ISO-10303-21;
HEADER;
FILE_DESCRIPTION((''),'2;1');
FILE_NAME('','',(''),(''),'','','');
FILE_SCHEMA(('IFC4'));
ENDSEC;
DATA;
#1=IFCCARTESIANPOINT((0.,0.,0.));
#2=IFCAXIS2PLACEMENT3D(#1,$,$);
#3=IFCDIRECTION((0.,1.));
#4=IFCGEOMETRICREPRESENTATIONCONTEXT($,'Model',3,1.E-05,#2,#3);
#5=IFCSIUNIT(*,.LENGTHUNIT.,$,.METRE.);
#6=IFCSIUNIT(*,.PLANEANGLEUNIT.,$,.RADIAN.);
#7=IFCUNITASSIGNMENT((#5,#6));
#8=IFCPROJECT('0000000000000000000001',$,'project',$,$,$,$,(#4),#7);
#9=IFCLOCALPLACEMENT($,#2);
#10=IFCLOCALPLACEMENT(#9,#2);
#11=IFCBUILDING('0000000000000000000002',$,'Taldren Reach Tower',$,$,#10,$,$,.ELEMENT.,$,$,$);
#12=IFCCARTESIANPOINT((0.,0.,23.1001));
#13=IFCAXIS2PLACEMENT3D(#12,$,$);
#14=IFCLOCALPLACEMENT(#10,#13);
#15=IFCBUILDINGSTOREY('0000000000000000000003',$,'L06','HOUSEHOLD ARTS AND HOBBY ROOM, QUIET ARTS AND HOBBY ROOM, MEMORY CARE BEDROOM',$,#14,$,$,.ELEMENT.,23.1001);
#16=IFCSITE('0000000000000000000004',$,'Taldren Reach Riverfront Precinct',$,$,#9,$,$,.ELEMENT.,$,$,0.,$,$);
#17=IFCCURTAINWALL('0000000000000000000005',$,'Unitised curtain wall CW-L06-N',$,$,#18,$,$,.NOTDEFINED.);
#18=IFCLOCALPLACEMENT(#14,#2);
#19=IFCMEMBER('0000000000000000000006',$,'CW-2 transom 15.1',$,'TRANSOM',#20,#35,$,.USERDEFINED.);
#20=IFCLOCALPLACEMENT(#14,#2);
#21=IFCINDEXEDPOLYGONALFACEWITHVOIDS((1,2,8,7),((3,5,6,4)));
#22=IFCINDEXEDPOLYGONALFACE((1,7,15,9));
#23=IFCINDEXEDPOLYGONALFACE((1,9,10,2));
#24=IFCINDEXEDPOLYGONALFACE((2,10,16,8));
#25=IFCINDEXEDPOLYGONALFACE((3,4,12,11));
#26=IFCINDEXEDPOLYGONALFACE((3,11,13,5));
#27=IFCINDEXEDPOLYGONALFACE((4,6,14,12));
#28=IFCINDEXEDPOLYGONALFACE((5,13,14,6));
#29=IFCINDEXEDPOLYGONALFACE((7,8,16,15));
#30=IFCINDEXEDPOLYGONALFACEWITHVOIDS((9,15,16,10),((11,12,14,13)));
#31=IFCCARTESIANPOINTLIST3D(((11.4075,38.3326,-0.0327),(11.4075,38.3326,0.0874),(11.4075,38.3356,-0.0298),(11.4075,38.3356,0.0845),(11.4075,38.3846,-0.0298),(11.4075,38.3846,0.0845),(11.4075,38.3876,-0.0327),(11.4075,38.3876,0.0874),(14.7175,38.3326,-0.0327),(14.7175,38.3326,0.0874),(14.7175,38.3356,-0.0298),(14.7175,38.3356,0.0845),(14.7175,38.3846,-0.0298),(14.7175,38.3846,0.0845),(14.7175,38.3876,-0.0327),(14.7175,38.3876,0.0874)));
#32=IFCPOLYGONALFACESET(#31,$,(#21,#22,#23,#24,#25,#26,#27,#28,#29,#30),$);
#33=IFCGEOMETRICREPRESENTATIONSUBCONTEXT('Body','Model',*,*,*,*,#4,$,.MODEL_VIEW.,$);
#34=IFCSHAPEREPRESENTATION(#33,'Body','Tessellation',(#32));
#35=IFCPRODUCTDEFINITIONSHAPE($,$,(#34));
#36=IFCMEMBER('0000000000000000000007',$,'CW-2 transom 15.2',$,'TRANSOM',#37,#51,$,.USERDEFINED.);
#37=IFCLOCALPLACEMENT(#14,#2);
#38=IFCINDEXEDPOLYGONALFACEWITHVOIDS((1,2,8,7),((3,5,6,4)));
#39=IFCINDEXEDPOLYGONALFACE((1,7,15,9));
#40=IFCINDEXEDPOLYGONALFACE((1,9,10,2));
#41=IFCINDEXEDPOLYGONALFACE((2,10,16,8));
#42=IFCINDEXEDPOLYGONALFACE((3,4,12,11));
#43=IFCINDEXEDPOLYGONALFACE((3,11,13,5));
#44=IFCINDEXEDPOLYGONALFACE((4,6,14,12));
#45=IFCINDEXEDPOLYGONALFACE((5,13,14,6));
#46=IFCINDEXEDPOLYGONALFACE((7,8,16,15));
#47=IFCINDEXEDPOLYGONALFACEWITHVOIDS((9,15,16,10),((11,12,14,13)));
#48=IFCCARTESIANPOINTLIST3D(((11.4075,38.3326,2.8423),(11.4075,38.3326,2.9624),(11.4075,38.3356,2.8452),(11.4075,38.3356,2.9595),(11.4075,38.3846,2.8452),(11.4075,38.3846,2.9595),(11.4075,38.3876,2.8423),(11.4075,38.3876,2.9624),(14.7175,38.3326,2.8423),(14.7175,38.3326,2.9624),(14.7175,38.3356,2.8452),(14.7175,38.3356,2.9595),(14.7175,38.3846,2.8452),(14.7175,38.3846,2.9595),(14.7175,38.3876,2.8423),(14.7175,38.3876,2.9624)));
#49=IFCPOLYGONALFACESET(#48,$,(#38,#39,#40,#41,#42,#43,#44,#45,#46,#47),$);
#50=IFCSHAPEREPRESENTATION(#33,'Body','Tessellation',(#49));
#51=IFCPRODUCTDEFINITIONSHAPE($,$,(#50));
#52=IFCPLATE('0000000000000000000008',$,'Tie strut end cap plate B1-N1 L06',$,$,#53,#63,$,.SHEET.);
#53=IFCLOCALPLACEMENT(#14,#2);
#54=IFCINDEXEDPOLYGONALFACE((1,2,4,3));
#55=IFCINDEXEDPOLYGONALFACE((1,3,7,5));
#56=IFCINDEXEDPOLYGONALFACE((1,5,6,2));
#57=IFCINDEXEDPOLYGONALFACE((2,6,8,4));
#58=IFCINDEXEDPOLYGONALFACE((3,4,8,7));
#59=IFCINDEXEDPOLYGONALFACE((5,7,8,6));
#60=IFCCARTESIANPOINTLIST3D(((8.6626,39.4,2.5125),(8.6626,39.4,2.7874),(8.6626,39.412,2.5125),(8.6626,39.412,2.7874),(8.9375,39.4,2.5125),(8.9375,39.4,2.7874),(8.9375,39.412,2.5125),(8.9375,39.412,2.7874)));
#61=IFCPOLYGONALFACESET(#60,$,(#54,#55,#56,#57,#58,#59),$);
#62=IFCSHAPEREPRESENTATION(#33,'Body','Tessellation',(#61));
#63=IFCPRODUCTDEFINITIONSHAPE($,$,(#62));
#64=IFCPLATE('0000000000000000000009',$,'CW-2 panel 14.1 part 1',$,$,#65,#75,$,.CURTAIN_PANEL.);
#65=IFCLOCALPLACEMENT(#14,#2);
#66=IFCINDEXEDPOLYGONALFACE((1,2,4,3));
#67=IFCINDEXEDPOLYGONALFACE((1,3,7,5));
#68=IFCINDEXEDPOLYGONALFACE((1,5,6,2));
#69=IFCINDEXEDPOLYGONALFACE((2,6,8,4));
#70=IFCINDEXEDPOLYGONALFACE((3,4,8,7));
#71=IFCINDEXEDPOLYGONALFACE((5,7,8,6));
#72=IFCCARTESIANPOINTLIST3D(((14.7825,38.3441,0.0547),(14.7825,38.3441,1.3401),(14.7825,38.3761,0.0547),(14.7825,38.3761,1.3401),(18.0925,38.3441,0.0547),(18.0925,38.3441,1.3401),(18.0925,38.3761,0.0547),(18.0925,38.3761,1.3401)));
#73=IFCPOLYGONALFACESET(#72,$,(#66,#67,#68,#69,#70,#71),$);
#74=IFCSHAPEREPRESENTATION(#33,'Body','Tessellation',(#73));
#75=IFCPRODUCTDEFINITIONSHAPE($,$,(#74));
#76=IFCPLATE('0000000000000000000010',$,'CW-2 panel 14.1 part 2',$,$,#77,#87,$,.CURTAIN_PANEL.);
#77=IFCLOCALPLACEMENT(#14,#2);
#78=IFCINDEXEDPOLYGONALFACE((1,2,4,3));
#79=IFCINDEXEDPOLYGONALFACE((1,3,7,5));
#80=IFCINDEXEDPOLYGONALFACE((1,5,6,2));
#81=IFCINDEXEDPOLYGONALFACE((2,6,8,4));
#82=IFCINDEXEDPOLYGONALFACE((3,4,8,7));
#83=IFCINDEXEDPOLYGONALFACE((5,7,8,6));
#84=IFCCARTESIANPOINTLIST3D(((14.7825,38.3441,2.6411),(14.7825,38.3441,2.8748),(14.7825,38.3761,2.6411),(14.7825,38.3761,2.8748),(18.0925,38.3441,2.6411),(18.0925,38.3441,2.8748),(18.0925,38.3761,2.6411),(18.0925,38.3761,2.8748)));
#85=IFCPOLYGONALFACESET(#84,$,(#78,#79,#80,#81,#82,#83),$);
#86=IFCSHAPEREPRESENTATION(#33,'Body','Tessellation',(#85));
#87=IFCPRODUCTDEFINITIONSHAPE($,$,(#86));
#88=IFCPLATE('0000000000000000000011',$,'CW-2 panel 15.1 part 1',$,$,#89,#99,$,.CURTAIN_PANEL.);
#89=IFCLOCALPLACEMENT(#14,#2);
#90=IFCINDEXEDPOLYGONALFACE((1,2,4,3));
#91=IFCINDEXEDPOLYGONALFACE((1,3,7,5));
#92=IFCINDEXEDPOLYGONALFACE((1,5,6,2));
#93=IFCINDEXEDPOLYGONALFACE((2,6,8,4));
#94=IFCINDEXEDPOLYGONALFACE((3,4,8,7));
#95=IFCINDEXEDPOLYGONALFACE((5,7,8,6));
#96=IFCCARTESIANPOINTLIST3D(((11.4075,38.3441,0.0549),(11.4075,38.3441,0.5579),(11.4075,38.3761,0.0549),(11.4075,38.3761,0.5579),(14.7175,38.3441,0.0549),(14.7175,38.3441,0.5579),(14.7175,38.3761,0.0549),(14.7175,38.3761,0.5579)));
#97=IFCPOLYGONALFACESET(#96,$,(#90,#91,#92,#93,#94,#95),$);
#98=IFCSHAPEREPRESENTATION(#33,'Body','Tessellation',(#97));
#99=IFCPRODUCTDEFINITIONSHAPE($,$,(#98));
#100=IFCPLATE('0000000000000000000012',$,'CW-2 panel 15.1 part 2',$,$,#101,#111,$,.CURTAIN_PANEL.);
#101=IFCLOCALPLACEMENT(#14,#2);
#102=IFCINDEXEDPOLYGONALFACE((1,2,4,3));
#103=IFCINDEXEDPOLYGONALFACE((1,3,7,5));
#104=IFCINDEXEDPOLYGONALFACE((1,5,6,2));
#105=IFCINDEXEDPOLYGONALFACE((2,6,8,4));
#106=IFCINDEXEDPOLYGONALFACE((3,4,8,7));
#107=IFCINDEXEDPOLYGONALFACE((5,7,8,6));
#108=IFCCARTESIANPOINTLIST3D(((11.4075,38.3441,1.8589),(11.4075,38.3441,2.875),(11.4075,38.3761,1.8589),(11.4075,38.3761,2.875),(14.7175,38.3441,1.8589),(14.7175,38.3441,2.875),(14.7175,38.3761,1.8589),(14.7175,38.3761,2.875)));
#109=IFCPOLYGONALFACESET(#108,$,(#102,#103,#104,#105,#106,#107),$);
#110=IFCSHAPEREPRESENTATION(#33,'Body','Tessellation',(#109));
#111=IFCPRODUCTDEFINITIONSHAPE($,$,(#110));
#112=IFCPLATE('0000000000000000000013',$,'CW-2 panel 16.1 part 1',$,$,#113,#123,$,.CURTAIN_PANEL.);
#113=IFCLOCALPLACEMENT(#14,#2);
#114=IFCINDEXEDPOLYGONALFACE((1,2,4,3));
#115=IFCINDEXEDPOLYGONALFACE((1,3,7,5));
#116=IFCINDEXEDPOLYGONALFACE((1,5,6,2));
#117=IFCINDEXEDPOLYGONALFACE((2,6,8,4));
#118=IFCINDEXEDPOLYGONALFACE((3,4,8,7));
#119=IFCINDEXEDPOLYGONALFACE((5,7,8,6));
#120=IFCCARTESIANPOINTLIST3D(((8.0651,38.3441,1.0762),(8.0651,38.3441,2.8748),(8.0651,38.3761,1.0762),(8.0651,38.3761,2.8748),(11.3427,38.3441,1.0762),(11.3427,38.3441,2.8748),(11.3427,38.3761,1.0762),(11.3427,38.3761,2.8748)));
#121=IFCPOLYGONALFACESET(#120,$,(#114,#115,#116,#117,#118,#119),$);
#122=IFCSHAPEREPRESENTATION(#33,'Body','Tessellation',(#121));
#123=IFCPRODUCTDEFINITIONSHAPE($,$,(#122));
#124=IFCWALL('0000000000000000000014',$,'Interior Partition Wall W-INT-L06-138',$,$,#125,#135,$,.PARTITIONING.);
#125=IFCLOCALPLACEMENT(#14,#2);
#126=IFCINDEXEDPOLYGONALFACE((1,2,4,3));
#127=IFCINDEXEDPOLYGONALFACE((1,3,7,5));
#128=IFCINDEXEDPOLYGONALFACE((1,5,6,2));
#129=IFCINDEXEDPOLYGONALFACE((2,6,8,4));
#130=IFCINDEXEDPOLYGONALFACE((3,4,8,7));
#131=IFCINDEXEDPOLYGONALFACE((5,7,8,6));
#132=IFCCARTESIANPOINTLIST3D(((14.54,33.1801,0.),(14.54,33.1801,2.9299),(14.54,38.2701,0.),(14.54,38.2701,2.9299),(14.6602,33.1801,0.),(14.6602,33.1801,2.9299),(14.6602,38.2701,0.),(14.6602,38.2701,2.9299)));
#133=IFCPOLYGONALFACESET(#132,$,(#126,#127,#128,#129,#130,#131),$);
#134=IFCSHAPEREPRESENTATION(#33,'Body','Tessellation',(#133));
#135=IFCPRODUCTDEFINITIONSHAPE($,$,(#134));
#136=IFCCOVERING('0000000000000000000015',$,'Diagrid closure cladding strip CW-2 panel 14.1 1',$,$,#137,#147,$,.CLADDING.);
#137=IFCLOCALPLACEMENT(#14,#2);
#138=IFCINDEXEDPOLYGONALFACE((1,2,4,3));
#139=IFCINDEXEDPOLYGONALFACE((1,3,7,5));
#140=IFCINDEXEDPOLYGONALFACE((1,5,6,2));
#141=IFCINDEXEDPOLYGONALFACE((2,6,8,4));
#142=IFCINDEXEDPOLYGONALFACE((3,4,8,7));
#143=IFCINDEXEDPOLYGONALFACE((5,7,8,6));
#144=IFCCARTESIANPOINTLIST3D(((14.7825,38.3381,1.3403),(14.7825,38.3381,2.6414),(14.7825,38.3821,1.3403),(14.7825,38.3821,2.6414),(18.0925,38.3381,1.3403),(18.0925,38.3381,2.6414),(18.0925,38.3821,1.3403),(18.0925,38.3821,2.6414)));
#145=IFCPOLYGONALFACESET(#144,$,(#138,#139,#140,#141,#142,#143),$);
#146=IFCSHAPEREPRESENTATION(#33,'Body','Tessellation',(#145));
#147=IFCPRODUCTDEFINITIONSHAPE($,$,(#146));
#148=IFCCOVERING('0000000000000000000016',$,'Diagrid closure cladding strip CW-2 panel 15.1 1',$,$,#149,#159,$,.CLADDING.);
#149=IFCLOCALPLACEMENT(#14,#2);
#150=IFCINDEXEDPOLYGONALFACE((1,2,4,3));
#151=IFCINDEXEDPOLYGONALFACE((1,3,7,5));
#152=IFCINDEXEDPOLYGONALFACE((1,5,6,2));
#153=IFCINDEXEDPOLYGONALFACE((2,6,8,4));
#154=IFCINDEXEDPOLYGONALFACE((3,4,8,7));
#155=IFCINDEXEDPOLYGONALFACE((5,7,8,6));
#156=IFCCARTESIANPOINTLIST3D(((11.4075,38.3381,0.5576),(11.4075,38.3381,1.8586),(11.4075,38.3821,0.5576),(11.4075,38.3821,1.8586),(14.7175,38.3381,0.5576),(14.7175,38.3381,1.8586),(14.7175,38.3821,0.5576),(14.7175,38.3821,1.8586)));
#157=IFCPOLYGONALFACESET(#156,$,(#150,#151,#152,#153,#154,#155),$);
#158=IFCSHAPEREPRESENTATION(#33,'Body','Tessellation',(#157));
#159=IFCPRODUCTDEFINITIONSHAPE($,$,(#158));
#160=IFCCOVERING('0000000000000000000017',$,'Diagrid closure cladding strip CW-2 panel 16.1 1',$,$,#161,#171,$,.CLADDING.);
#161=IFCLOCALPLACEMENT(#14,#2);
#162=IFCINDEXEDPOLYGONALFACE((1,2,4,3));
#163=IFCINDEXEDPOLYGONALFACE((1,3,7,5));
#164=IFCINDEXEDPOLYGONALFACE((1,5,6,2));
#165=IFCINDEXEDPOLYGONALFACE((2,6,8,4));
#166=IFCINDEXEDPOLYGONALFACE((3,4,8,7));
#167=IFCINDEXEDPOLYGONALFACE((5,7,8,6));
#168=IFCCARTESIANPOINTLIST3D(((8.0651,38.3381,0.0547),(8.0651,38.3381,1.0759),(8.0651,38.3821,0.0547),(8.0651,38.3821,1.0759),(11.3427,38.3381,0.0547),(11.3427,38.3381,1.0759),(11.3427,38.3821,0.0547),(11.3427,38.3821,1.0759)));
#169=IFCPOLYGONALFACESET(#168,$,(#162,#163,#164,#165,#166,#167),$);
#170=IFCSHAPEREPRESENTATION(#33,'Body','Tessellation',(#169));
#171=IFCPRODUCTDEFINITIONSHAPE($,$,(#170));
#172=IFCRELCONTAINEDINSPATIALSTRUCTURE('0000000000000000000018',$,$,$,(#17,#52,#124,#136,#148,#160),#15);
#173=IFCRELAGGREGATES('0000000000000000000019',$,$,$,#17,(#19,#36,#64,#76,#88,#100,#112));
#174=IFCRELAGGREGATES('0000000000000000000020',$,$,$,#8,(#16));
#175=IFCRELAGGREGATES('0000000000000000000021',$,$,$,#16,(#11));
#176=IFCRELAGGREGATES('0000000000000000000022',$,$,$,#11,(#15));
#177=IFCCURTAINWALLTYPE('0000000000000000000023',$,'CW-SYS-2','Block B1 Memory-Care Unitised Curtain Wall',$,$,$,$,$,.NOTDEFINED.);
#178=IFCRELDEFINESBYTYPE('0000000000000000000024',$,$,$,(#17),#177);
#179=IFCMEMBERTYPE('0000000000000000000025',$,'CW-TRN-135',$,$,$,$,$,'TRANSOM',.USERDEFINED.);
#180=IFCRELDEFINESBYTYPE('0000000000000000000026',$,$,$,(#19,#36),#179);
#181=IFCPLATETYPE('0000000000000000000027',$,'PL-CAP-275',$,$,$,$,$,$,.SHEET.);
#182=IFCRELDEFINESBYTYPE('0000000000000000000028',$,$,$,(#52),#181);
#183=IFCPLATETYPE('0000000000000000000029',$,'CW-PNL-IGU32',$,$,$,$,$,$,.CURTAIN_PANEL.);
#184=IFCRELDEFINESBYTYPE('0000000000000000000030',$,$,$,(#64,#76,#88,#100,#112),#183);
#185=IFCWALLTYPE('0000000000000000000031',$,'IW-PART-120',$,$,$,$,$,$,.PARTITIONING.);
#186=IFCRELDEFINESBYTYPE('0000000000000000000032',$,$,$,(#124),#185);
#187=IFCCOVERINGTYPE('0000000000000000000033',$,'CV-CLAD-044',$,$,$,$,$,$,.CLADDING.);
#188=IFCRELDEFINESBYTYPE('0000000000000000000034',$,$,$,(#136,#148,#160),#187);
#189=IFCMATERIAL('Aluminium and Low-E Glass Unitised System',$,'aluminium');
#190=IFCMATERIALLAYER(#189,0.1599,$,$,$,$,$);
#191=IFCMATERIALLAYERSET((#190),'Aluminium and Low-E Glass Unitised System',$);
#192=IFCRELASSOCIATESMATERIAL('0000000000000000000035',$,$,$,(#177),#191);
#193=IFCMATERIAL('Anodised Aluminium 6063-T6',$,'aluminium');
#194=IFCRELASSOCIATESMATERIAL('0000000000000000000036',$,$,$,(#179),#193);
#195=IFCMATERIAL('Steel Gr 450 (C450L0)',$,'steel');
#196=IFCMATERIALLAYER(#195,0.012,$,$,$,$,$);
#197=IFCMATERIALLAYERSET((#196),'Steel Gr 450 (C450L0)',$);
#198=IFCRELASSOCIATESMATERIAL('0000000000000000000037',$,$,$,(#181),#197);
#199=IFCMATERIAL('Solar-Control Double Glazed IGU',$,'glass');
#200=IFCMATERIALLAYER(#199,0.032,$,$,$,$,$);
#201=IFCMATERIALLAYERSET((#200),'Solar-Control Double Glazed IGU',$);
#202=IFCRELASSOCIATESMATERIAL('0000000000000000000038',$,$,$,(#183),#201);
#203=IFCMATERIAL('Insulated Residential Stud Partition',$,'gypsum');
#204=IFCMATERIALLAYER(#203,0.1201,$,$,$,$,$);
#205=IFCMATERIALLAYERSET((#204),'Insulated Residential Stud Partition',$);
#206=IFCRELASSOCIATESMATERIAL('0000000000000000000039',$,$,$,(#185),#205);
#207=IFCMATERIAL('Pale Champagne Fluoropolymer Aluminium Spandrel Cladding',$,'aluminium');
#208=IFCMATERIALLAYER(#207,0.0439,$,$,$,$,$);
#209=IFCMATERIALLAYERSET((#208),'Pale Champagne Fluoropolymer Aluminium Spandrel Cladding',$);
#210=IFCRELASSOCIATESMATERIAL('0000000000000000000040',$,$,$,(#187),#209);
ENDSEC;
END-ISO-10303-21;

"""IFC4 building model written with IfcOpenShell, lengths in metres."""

from ifc_helpers import new_model, si_unit, direction, frame, frame_2d, origin, origin_2d, place, context, subcontext, project, spatial, rectangle, hollow_rectangle, extrude, source, transform, mapped, material, layer, layer_set, material_profile, profile_set, type_object, element, aggregate, save


model = new_model("IFC4")

# Units and contexts
model_context = context("Model", 3, precision=1e-05, world=origin(), true_north=direction((0.0, 1.0)))
body_context = subcontext(model_context, "Body", "Model", "MODEL_VIEW")
ifc_project = project(units=[si_unit("LENGTHUNIT", "METRE"), si_unit("PLANEANGLEUNIT", "RADIAN")], contexts=[model_context])

# Site, building, storey
site_placement = place(None, origin())
site = spatial("IfcSite", under=ifc_project, at=site_placement, Name="Taldren Reach Riverfront Precinct", CompositionType="ELEMENT", RefElevation=0.0)
building_placement = place(site_placement, origin())
building = spatial("IfcBuilding", under=site, at=building_placement, Name="Taldren Reach Tower", CompositionType="ELEMENT")
storey_placement = place(building_placement, frame((0.0, 0.0, 23.1001)))
storey = spatial("IfcBuildingStorey", under=building, at=storey_placement, Name="L06", Description="HOUSEHOLD ARTS AND HOBBY ROOM, QUIET ARTS AND HOBBY ROOM, MEMORY CARE BEDROOM", CompositionType="ELEMENT", Elevation=23.1001)

# Shared definitions
ifc_material_1 = material(Name="Steel Gr 450 (C450L0)", Category="steel")

# Curtain wall, members
ifc_material_2 = material(Name="Aluminium and Low-E Glass Unitised System", Category="aluminium")
ifc_layer_1 = layer(ifc_material_2, 0.1599)
ifc_layer_set_1 = layer_set([ifc_layer_1], Name="Aluminium and Low-E Glass Unitised System")
curtain_wall_type = type_object("IfcCurtainWallType", Name="CW-SYS-2", Description="Block B1 Memory-Care Unitised Curtain Wall", PredefinedType="NOTDEFINED", material=ifc_layer_set_1)
curtain_wall_placement = place(storey_placement, origin())
curtain_wall = element("IfcCurtainWall", 1, at=curtain_wall_placement, inside=storey, type_object=curtain_wall_type, Name="Unitised curtain wall CW-L06-N", PredefinedType="NOTDEFINED")
ifc_material_3 = material(Name="Anodised Aluminium 6063-T6", Category="aluminium")
ifc_material_profile_1 = material_profile(ifc_material_3, hollow_rectangle(XDim=0.0549, YDim=0.1201, WallThickness=0.0029, at=origin_2d()), Name="ALU-120x55x3RHS")
ifc_profile_set_1 = profile_set([ifc_material_profile_1], Name="Anodised Aluminium 6063-T6")
member_type_1 = type_object("IfcMemberType", Name="CW-TRN-135", ElementType="TRANSOM", PredefinedType="USERDEFINED", material=ifc_profile_set_1)
shared_shape_1 = source(origin(), body_context, "Body", "SweptSolid", [
    extrude(hollow_rectangle(XDim=0.0549, YDim=0.1201, WallThickness=0.0029, at=origin_2d()), origin(), (0.0, 0.0, 1.0), 3.3101),
])
member_1_placement = place(storey_placement, frame((14.7175, 38.3601, 0.0273), z_axis=(-1.0, 0.0, 0.0), x_axis=(0.0, -1.0, 0.0)))
member_1 = element("IfcMember", 2, at=member_1_placement, type_object=member_type_1, Name="CW-2 transom 15.1", ObjectType="TRANSOM", PredefinedType="USERDEFINED", context=body_context, shape_type="MappedRepresentation", body=[
    mapped(shared_shape_1, transform((0.0, 0.0, 0.0), scale=1.0)),
])
member_2_placement = place(storey_placement, frame((14.7175, 38.3601, 2.9023), z_axis=(-1.0, 0.0, 0.0), x_axis=(0.0, -1.0, 0.0)))
member_2 = element("IfcMember", 3, at=member_2_placement, type_object=member_type_1, Name="CW-2 transom 15.2", ObjectType="TRANSOM", PredefinedType="USERDEFINED", context=body_context, shape_type="MappedRepresentation", body=[
    mapped(shared_shape_1, transform((0.0, 0.0, 0.0), scale=1.0)),
])

# Plates
ifc_layer_2 = layer(ifc_material_1, 0.012)
ifc_layer_set_2 = layer_set([ifc_layer_2], Name="Steel Gr 450 (C450L0)")
plate_type_1 = type_object("IfcPlateType", Name="PL-CAP-275", PredefinedType="SHEET", material=ifc_layer_set_2)
shared_shape_2 = source(origin(), body_context, "Body", "SweptSolid", [
    extrude(rectangle(XDim=0.2749, YDim=0.012, at=origin_2d()), origin(), (0.0, 0.0, 1.0), 0.2749),
])
plate_1_placement = place(storey_placement, frame((8.8, 39.406, 2.5125), z_axis=(0.0, 0.0, 1.0), x_axis=(1.0, 0.0, 0.0)))
element("IfcPlate", 4, at=plate_1_placement, inside=storey, type_object=plate_type_1, Name="Tie strut end cap plate B1-N1 L06", PredefinedType="SHEET", context=body_context, shape_type="MappedRepresentation", body=[
    mapped(shared_shape_2, transform((0.0, 0.0, 0.0), scale=1.0)),
])
ifc_material_4 = material(Name="Solar-Control Double Glazed IGU", Category="glass")
ifc_layer_3 = layer(ifc_material_4, 0.032)
ifc_layer_set_3 = layer_set([ifc_layer_3], Name="Solar-Control Double Glazed IGU")
plate_type_2 = type_object("IfcPlateType", Name="CW-PNL-IGU32", PredefinedType="CURTAIN_PANEL", material=ifc_layer_set_3)
shared_shape_3 = source(origin(), body_context, "Body", "SweptSolid", [
    extrude(rectangle(XDim=3.3101, YDim=0.032, at=origin_2d()), origin(), (0.0, 0.0, 1.0), 1.2854),
])
plate_2_placement = place(storey_placement, frame((16.4375, 38.3601, 0.0547), z_axis=(0.0, 0.0, 1.0), x_axis=(-1.0, 0.0, 0.0)))
plate_2 = element("IfcPlate", 5, at=plate_2_placement, type_object=plate_type_2, Name="CW-2 panel 14.1 part 1", PredefinedType="CURTAIN_PANEL", context=body_context, shape_type="MappedRepresentation", body=[
    mapped(shared_shape_3, transform((0.0, 0.0, 0.0), scale=1.0)),
])
shared_shape_4 = source(origin(), body_context, "Body", "SweptSolid", [
    extrude(rectangle(XDim=3.3101, YDim=0.032, at=origin_2d()), origin(), (0.0, 0.0, 1.0), 0.2336),
])
plate_3_placement = place(storey_placement, frame((16.4375, 38.3601, 2.6411), z_axis=(0.0, 0.0, 1.0), x_axis=(-1.0, 0.0, 0.0)))
plate_3 = element("IfcPlate", 6, at=plate_3_placement, type_object=plate_type_2, Name="CW-2 panel 14.1 part 2", PredefinedType="CURTAIN_PANEL", context=body_context, shape_type="MappedRepresentation", body=[
    mapped(shared_shape_4, transform((0.0, 0.0, 0.0), scale=1.0)),
])
shared_shape_5 = source(origin(), body_context, "Body", "SweptSolid", [
    extrude(rectangle(XDim=3.3101, YDim=0.032, at=origin_2d()), origin(), (0.0, 0.0, 1.0), 0.5029),
])
plate_4_placement = place(storey_placement, frame((13.0625, 38.3601, 0.0549), z_axis=(0.0, 0.0, 1.0), x_axis=(-1.0, 0.0, 0.0)))
plate_4 = element("IfcPlate", 7, at=plate_4_placement, type_object=plate_type_2, Name="CW-2 panel 15.1 part 1", PredefinedType="CURTAIN_PANEL", context=body_context, shape_type="MappedRepresentation", body=[
    mapped(shared_shape_5, transform((0.0, 0.0, 0.0), scale=1.0)),
])
shared_shape_6 = source(origin(), body_context, "Body", "SweptSolid", [
    extrude(rectangle(XDim=3.3101, YDim=0.032, at=origin_2d()), origin(), (0.0, 0.0, 1.0), 1.0161),
])
plate_5_placement = place(storey_placement, frame((13.0625, 38.3601, 1.8589), z_axis=(0.0, 0.0, 1.0), x_axis=(-1.0, 0.0, 0.0)))
plate_5 = element("IfcPlate", 8, at=plate_5_placement, type_object=plate_type_2, Name="CW-2 panel 15.1 part 2", PredefinedType="CURTAIN_PANEL", context=body_context, shape_type="MappedRepresentation", body=[
    mapped(shared_shape_6, transform((0.0, 0.0, 0.0), scale=1.0)),
])
shared_shape_7 = source(origin(), body_context, "Body", "SweptSolid", [
    extrude(rectangle(XDim=3.2776, YDim=0.032, at=origin_2d()), origin(), (0.0, 0.0, 1.0), 1.7986),
])
plate_6_placement = place(storey_placement, frame((9.7039, 38.3601, 1.0762), z_axis=(0.0, 0.0, 1.0), x_axis=(-1.0, 0.0, 0.0)))
plate_6 = element("IfcPlate", 9, at=plate_6_placement, type_object=plate_type_2, Name="CW-2 panel 16.1 part 1", PredefinedType="CURTAIN_PANEL", context=body_context, shape_type="MappedRepresentation", body=[
    mapped(shared_shape_7, transform((0.0, 0.0, 0.0), scale=1.0)),
])
aggregate(curtain_wall, [member_1, member_2, plate_2, plate_3, plate_4, plate_5, plate_6])

# Wall
ifc_material_5 = material(Name="Insulated Residential Stud Partition", Category="gypsum")
ifc_layer_4 = layer(ifc_material_5, 0.1201)
ifc_layer_set_4 = layer_set([ifc_layer_4], Name="Insulated Residential Stud Partition")
wall_type = type_object("IfcWallType", Name="IW-PART-120", PredefinedType="PARTITIONING", material=ifc_layer_set_4)
shared_shape_8 = source(origin(), body_context, "Body", "SweptSolid", [
    extrude(rectangle(XDim=5.0901, YDim=0.1201, at=frame_2d((2.5449, 0.0))), origin(), (0.0, 0.0, 1.0), 2.9299),
])
wall_placement = place(storey_placement, frame((14.6001, 38.27, 0.0), z_axis=(0.0, 0.0, 1.0), x_axis=(0.0, -1.0, 0.0)))
element("IfcWall", 10, at=wall_placement, inside=storey, type_object=wall_type, Name="Interior Partition Wall W-INT-L06-138", PredefinedType="PARTITIONING", context=body_context, shape_type="MappedRepresentation", body=[
    mapped(shared_shape_8, transform((0.0, 0.0, 0.0), scale=1.0)),
])

# Coverings
ifc_material_6 = material(Name="Pale Champagne Fluoropolymer Aluminium Spandrel Cladding", Category="aluminium")
ifc_layer_5 = layer(ifc_material_6, 0.0439)
ifc_layer_set_5 = layer_set([ifc_layer_5], Name="Pale Champagne Fluoropolymer Aluminium Spandrel Cladding")
covering_type = type_object("IfcCoveringType", Name="CV-CLAD-044", PredefinedType="CLADDING", material=ifc_layer_set_5)
shared_shape_9 = source(origin(), body_context, "Body", "SweptSolid", [
    extrude(rectangle(XDim=3.3101, YDim=0.0439, at=origin_2d()), origin(), (0.0, 0.0, 1.0), 1.301),
])
for number, where, z_axis, x_axis, name in (
    (11, (16.4375, 38.3601, 1.3403), (0.0, 0.0, 1.0), (-1.0, 0.0, 0.0), "Diagrid closure cladding strip CW-2 panel 14.1 1"),
    (12, (13.0625, 38.3601, 0.5576), (0.0, 0.0, 1.0), (-1.0, 0.0, 0.0), "Diagrid closure cladding strip CW-2 panel 15.1 1"),
):
    element("IfcCovering", number, at=place(storey_placement, frame(where, z_axis=z_axis, x_axis=x_axis)), inside=storey, type_object=covering_type, Name=name, PredefinedType="CLADDING", context=body_context, shape_type="MappedRepresentation", body=[
        mapped(shared_shape_9, transform((0.0, 0.0, 0.0), scale=1.0)),
    ])
shared_shape_10 = source(origin(), body_context, "Body", "SweptSolid", [
    extrude(rectangle(XDim=3.2776, YDim=0.0439, at=origin_2d()), origin(), (0.0, 0.0, 1.0), 1.0212),
])
covering_placement = place(storey_placement, frame((9.7039, 38.3601, 0.0547), z_axis=(0.0, 0.0, 1.0), x_axis=(-1.0, 0.0, 0.0)))
element("IfcCovering", 13, at=covering_placement, inside=storey, type_object=covering_type, Name="Diagrid closure cladding strip CW-2 panel 16.1 1", PredefinedType="CLADDING", context=body_context, shape_type="MappedRepresentation", body=[
    mapped(shared_shape_10, transform((0.0, 0.0, 0.0), scale=1.0)),
])

save(model, "model.ifc")
